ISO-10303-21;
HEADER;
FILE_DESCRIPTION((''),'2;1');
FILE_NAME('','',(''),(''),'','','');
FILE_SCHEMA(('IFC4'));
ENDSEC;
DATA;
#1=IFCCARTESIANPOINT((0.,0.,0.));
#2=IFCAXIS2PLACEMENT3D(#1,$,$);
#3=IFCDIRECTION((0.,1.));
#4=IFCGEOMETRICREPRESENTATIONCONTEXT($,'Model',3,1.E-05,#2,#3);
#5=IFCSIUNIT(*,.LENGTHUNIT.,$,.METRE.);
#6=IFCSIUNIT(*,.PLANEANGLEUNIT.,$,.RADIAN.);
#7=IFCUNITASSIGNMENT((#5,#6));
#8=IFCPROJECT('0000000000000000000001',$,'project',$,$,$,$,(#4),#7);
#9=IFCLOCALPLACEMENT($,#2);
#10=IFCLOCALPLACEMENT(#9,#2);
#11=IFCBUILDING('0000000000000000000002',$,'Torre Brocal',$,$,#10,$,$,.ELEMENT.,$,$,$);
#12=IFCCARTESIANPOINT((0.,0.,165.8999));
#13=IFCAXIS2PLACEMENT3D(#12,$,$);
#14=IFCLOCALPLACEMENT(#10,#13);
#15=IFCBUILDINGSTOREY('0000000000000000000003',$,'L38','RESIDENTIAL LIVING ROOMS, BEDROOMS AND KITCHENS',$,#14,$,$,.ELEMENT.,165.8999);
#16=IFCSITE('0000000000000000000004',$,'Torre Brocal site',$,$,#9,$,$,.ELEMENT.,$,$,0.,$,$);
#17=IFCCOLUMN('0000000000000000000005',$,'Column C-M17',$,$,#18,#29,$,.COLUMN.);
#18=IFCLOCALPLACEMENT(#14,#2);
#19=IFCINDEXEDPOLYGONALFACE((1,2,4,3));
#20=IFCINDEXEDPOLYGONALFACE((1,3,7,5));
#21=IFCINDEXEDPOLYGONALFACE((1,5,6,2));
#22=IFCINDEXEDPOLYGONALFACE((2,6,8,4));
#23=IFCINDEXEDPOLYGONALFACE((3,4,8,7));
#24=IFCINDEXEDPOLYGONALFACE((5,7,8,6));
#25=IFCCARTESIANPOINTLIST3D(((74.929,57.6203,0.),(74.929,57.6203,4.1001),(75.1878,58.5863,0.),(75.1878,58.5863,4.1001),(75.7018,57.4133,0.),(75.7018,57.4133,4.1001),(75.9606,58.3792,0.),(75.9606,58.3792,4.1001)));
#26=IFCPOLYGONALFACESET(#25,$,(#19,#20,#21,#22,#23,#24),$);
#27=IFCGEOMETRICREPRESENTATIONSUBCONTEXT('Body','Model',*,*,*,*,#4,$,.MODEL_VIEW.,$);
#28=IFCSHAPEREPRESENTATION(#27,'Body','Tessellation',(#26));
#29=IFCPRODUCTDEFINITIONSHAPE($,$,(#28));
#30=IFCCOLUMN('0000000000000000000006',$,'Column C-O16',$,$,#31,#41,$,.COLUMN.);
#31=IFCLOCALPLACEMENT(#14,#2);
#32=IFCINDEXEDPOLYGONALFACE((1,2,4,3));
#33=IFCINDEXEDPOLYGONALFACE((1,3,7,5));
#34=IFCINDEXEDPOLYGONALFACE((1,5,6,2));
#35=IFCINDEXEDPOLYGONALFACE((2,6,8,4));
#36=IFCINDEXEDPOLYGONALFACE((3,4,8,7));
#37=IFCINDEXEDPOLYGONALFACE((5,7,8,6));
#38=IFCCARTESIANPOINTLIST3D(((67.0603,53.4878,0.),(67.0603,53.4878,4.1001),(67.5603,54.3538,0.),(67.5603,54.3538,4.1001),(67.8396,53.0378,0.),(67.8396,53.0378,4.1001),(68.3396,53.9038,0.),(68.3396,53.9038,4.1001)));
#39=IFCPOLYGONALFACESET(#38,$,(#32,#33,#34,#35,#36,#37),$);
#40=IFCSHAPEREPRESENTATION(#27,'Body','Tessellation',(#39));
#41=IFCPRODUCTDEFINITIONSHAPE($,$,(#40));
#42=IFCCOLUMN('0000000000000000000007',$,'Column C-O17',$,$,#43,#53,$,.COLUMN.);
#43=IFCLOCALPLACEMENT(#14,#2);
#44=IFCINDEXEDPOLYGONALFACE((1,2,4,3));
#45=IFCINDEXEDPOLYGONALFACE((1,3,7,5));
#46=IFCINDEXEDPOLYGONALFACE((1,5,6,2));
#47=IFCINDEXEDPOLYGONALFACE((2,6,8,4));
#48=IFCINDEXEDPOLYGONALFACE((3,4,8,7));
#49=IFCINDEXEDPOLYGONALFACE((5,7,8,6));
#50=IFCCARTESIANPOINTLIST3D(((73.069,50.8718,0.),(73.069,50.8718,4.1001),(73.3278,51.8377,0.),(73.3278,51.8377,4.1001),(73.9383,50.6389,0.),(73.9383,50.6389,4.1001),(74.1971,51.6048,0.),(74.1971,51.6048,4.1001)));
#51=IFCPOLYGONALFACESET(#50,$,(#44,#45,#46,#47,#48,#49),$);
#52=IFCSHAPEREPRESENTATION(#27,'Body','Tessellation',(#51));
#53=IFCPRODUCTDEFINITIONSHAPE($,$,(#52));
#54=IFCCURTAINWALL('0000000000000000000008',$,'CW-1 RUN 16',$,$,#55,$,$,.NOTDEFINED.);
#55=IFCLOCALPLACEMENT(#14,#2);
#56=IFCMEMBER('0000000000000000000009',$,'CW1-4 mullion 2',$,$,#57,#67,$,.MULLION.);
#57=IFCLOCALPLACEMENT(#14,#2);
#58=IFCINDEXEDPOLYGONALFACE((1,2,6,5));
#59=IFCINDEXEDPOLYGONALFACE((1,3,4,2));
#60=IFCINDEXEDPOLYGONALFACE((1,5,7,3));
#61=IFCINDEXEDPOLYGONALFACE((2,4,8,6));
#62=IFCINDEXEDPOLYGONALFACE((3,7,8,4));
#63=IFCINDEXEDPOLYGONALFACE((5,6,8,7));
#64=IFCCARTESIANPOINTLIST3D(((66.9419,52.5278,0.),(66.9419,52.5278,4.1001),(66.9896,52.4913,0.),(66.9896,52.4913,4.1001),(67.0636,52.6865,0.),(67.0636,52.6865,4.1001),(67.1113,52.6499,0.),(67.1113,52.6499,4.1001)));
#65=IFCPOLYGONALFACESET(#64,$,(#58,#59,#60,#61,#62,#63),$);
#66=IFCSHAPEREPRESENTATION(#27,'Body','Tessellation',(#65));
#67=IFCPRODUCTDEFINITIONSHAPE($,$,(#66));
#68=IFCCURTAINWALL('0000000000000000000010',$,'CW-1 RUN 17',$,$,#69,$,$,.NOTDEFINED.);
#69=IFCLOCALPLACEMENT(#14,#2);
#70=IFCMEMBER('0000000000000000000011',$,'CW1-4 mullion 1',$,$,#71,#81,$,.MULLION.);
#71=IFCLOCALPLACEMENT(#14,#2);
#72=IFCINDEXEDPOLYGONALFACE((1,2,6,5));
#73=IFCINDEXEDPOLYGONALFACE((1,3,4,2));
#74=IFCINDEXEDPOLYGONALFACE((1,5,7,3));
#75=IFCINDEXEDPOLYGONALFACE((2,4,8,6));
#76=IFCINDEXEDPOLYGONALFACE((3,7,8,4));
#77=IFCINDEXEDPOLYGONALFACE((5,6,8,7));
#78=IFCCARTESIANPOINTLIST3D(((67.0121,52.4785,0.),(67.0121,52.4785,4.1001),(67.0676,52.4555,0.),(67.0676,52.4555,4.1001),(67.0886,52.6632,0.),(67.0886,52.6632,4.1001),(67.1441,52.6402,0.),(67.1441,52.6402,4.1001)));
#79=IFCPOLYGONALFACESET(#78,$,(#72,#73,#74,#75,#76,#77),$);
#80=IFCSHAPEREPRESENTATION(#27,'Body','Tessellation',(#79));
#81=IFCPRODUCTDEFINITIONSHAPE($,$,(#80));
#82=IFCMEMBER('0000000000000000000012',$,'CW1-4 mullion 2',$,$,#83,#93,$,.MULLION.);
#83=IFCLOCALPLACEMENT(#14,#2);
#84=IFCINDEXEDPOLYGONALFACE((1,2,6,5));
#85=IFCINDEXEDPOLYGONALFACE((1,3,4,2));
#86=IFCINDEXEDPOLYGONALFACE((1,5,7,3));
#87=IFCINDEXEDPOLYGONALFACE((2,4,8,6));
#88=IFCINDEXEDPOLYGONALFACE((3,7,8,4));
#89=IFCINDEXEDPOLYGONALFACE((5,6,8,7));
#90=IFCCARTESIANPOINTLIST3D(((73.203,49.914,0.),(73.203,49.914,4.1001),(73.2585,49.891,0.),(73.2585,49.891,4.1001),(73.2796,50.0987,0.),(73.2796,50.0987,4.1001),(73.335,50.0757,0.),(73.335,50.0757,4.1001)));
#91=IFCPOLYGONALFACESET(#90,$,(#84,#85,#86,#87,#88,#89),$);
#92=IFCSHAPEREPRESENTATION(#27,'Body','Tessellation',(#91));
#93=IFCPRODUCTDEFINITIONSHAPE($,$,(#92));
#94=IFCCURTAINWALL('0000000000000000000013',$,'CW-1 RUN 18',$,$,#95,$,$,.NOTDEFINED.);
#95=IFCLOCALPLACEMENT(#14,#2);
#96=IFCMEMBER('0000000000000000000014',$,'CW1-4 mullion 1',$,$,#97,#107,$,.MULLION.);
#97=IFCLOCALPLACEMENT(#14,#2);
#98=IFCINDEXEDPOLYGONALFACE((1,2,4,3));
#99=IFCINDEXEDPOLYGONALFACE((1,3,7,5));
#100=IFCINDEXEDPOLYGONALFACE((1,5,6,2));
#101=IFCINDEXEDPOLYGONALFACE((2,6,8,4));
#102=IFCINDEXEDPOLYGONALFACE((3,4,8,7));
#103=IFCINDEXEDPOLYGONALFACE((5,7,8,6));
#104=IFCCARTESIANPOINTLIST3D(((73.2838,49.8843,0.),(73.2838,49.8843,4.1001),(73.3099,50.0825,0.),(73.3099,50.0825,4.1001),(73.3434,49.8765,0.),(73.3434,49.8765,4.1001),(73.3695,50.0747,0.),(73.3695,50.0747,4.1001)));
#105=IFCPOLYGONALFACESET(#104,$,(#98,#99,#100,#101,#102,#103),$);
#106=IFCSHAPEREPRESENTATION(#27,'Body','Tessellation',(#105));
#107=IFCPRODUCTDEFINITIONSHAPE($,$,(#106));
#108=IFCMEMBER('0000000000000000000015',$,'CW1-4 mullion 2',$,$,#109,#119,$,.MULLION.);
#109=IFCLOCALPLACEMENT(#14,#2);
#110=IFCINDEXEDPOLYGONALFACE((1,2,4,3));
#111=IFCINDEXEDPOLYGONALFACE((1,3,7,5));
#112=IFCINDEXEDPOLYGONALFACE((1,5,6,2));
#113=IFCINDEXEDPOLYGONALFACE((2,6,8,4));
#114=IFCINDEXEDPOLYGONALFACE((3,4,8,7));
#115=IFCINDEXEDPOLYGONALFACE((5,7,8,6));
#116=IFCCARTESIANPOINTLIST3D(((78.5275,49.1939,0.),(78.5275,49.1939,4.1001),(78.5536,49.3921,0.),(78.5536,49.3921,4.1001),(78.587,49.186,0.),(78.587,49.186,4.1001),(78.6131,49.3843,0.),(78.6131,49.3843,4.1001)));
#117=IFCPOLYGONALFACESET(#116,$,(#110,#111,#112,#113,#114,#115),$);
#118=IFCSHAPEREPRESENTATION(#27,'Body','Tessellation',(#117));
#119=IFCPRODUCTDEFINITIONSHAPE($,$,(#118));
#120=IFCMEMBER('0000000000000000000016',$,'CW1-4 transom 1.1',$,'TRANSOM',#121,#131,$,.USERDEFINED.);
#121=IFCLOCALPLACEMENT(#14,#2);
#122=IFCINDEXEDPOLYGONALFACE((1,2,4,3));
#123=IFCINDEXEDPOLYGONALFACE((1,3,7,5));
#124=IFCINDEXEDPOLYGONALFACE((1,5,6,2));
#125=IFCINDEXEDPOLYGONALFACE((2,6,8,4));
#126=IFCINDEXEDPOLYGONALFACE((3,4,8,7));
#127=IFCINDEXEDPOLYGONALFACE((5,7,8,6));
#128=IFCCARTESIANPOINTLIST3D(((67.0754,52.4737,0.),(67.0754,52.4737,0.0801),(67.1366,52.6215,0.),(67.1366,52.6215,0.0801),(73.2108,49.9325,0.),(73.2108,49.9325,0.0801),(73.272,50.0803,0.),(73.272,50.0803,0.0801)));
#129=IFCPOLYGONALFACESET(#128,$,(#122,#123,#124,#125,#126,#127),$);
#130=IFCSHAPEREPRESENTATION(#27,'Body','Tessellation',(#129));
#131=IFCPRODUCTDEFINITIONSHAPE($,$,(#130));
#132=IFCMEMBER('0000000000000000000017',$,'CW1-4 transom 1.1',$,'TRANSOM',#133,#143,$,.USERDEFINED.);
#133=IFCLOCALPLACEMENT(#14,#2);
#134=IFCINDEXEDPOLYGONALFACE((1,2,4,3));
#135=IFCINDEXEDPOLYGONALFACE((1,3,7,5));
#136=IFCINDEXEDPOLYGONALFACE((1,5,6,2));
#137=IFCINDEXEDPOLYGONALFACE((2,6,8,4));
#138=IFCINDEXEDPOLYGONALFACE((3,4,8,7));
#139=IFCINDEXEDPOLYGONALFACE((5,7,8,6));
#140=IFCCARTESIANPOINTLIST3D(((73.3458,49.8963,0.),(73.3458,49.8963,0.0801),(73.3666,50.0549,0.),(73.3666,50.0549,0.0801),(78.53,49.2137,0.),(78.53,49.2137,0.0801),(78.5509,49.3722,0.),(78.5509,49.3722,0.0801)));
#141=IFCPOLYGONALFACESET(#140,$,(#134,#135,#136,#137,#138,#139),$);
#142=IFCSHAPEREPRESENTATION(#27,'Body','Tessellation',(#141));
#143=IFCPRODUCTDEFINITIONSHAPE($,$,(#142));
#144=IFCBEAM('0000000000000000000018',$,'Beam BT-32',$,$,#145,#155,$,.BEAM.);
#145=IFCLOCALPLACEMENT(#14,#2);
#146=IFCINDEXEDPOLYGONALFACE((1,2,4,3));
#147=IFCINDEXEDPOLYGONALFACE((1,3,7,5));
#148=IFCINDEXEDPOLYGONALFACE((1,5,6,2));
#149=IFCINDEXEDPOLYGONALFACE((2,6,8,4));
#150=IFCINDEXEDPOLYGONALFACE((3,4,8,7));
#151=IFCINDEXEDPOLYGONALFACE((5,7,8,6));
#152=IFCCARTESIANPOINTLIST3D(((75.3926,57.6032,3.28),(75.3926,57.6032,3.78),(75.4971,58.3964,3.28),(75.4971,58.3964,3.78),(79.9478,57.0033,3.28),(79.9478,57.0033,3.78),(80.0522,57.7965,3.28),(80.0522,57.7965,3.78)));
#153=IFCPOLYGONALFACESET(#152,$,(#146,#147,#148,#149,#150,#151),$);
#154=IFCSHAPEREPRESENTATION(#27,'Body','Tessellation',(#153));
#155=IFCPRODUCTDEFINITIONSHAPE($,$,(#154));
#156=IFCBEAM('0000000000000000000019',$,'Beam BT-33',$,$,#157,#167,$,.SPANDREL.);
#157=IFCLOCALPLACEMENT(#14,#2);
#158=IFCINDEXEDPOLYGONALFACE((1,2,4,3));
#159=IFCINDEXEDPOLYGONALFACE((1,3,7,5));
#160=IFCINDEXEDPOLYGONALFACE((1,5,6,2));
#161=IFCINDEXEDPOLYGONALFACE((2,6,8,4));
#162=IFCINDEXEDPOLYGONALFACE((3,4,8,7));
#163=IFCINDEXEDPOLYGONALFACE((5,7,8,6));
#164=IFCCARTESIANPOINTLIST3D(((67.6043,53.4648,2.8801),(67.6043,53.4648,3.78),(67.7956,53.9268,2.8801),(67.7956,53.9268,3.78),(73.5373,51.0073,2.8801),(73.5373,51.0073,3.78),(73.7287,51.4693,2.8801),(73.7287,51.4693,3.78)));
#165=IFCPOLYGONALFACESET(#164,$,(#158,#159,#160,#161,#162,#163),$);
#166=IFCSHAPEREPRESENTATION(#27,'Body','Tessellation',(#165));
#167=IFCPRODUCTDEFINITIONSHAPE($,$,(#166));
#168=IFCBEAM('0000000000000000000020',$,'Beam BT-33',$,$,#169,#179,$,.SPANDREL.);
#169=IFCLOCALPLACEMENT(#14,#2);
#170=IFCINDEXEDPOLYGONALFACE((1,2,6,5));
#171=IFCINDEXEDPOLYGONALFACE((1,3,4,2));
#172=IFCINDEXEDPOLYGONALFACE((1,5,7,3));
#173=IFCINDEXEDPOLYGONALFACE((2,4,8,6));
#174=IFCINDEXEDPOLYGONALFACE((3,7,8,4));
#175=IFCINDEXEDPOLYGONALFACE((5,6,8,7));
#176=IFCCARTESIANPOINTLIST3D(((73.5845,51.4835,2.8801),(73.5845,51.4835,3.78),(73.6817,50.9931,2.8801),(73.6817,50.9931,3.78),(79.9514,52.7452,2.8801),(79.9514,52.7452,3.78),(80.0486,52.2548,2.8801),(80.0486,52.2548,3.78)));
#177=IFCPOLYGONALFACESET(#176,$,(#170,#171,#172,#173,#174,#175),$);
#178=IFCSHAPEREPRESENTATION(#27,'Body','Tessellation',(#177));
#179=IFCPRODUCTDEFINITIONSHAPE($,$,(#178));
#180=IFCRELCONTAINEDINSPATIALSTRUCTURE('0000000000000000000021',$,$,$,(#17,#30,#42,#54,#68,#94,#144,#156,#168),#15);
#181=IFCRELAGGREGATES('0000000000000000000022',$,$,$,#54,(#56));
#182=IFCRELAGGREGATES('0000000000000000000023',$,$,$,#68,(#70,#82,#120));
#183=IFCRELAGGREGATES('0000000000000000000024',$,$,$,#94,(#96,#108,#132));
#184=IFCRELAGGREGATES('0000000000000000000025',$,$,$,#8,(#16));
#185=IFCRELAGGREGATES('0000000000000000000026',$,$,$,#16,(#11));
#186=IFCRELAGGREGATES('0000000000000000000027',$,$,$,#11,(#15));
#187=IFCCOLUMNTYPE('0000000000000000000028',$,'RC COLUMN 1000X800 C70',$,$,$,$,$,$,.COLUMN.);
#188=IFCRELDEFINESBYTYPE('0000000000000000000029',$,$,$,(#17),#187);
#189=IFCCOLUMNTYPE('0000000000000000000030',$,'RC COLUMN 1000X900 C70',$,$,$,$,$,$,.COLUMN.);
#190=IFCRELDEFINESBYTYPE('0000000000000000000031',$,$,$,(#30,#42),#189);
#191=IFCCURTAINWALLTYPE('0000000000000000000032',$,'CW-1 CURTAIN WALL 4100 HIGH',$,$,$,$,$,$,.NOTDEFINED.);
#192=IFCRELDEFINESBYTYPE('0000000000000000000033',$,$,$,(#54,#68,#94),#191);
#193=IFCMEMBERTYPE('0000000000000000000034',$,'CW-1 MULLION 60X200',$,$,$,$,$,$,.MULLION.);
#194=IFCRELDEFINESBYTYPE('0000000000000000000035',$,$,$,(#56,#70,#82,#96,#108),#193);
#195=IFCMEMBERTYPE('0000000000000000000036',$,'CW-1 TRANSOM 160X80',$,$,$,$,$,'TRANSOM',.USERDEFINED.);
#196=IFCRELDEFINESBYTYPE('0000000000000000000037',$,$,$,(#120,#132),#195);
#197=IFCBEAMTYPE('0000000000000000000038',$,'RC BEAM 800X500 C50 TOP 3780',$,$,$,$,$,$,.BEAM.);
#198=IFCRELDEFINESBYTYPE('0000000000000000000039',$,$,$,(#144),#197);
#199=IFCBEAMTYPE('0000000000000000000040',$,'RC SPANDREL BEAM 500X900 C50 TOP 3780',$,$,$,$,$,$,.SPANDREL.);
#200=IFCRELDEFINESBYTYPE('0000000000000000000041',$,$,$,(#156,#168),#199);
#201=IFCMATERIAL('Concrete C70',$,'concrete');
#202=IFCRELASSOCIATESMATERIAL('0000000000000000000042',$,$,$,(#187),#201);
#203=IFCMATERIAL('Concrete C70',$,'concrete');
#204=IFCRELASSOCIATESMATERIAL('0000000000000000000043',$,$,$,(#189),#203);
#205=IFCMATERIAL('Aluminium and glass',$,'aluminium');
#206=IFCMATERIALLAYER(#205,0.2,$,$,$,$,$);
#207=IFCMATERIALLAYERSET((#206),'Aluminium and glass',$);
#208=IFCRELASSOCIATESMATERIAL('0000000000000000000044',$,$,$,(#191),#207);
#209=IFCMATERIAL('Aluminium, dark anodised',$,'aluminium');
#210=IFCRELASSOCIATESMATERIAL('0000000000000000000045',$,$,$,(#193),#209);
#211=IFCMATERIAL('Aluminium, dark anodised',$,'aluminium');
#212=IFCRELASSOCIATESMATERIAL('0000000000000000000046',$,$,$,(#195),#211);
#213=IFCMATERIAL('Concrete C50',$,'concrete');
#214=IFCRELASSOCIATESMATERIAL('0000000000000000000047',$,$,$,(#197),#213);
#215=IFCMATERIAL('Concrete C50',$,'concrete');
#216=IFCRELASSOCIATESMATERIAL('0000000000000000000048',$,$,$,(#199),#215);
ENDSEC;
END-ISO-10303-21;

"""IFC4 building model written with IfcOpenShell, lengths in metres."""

from ifc_helpers import new_model, si_unit, direction, frame, origin, origin_2d, place, context, subcontext, project, spatial, rectangle, extrude, material, layer, layer_set, material_profile, profile_set, type_object, element, aggregate, save


model = new_model("IFC4")

# Units and contexts
model_context = context("Model", 3, precision=1e-05, world=origin(), true_north=direction((0.0, 1.0)))
body_context = subcontext(model_context, "Body", "Model", "MODEL_VIEW")
ifc_project = project(units=[si_unit("LENGTHUNIT", "METRE"), si_unit("PLANEANGLEUNIT", "RADIAN")], contexts=[model_context])

# Site, building, storey
site_placement = place(None, origin())
site = spatial("IfcSite", under=ifc_project, at=site_placement, Name="Torre Brocal site", CompositionType="ELEMENT", RefElevation=0.0)
building_placement = place(site_placement, origin())
building = spatial("IfcBuilding", under=site, at=building_placement, Name="Torre Brocal", CompositionType="ELEMENT")
storey_placement = place(building_placement, frame((0.0, 0.0, 165.8999)))
storey = spatial("IfcBuildingStorey", under=building, at=storey_placement, Name="L38", Description="RESIDENTIAL LIVING ROOMS, BEDROOMS AND KITCHENS", CompositionType="ELEMENT", Elevation=165.8999)

# Columns
ifc_material_1 = material(Name="Concrete C70", Category="concrete")
ifc_material_profile_1 = material_profile(ifc_material_1, rectangle(XDim=1.0, YDim=0.8, at=origin_2d()), Name="RC 1000X800")
ifc_profile_set_1 = profile_set([ifc_material_profile_1], Name="Concrete C70")
column_type_1 = type_object("IfcColumnType", Name="RC COLUMN 1000X800 C70", PredefinedType="COLUMN", material=ifc_profile_set_1)
column_placement = place(storey_placement, frame((75.4448, 57.9998, 0.0), z_axis=(0.0, 0.0, 1.0), x_axis=(-0.258819, -0.965926, 0.0)))
element("IfcColumn", 1, at=column_placement, inside=storey, type_object=column_type_1, Name="Column C-M17", PredefinedType="COLUMN", context=body_context, shape_type="SweptSolid", body=[
    extrude(rectangle(XDim=1.0, YDim=0.8, at=origin_2d()), origin(), (0.0, 0.0, 1.0), 4.1001),
])
ifc_material_2 = material(Name="Concrete C70", Category="concrete")
ifc_material_profile_2 = material_profile(ifc_material_2, rectangle(XDim=1.0, YDim=0.8999, at=origin_2d()), Name="RC 1000X900")
ifc_profile_set_2 = profile_set([ifc_material_profile_2], Name="Concrete C70")
column_type_2 = type_object("IfcColumnType", Name="RC COLUMN 1000X900 C70", PredefinedType="COLUMN", material=ifc_profile_set_2)
for number, where, z_axis, x_axis, name in (
    (2, (67.7, 53.6958, 0.0), (0.0, 0.0, 1.0), (-0.5, -0.866025, 0.0), "Column C-O16"),
    (3, (73.6331, 51.2383, 0.0), (0.0, 0.0, 1.0), (-0.258819, -0.965926, 0.0), "Column C-O17"),
):
    element("IfcColumn", number, at=place(storey_placement, frame(where, z_axis=z_axis, x_axis=x_axis)), inside=storey, type_object=column_type_2, Name=name, PredefinedType="COLUMN", context=body_context, shape_type="SweptSolid", body=[
        extrude(rectangle(XDim=1.0, YDim=0.8999, at=origin_2d()), origin(), (0.0, 0.0, 1.0), 4.1001),
    ])

# Curtain wall, member
ifc_material_3 = material(Name="Aluminium and glass", Category="aluminium")
ifc_layer_1 = layer(ifc_material_3, 0.2)
ifc_layer_set_1 = layer_set([ifc_layer_1], Name="Aluminium and glass")
curtain_wall_type = type_object("IfcCurtainWallType", Name="CW-1 CURTAIN WALL 4100 HIGH", PredefinedType="NOTDEFINED", material=ifc_layer_set_1)
curtain_wall_1_placement = place(storey_placement, origin())
curtain_wall_1 = element("IfcCurtainWall", 4, at=curtain_wall_1_placement, inside=storey, type_object=curtain_wall_type, Name="CW-1 RUN 16", PredefinedType="NOTDEFINED")
ifc_material_4 = material(Name="Aluminium, dark anodised", Category="aluminium")
ifc_material_profile_3 = material_profile(ifc_material_4, rectangle(XDim=0.2, YDim=0.0601, at=origin_2d()), Name="CW-1 MULLION 60X200")
ifc_profile_set_3 = profile_set([ifc_material_profile_3], Name="Aluminium, dark anodised")
member_type_1 = type_object("IfcMemberType", Name="CW-1 MULLION 60X200", PredefinedType="MULLION", material=ifc_profile_set_3)
member_1_placement = place(storey_placement, frame((67.0266, 52.5889, 0.0), z_axis=(0.0, 0.0, 1.0), x_axis=(0.608761, 0.793353, 0.0)))
member_1 = element("IfcMember", 5, at=member_1_placement, type_object=member_type_1, Name="CW1-4 mullion 2", PredefinedType="MULLION", context=body_context, shape_type="SweptSolid", body=[
    extrude(rectangle(XDim=0.2, YDim=0.0601, at=origin_2d()), origin(), (0.0, 0.0, 1.0), 4.1001),
])
aggregate(curtain_wall_1, [member_1])

# Curtain walls, members
curtain_wall_2_placement = place(storey_placement, origin())
curtain_wall_2 = element("IfcCurtainWall", 6, at=curtain_wall_2_placement, inside=storey, type_object=curtain_wall_type, Name="CW-1 RUN 17", PredefinedType="NOTDEFINED")
member_2_placement = place(storey_placement, frame((67.0781, 52.5593, 0.0), z_axis=(0.0, 0.0, 1.0), x_axis=(0.382683, 0.92388, 0.0)))
member_2 = element("IfcMember", 7, at=member_2_placement, type_object=member_type_1, Name="CW1-4 mullion 1", PredefinedType="MULLION", context=body_context, shape_type="SweptSolid", body=[
    extrude(rectangle(XDim=0.2, YDim=0.0601, at=origin_2d()), origin(), (0.0, 0.0, 1.0), 4.1001),
])
member_3_placement = place(storey_placement, frame((73.269, 49.9949, 0.0), z_axis=(0.0, 0.0, 1.0), x_axis=(0.382683, 0.92388, 0.0)))
member_3 = element("IfcMember", 8, at=member_3_placement, type_object=member_type_1, Name="CW1-4 mullion 2", PredefinedType="MULLION", context=body_context, shape_type="SweptSolid", body=[
    extrude(rectangle(XDim=0.2, YDim=0.0601, at=origin_2d()), origin(), (0.0, 0.0, 1.0), 4.1001),
])
curtain_wall_3_placement = place(storey_placement, origin())
curtain_wall_3 = element("IfcCurtainWall", 9, at=curtain_wall_3_placement, inside=storey, type_object=curtain_wall_type, Name="CW-1 RUN 18", PredefinedType="NOTDEFINED")
member_4_placement = place(storey_placement, frame((73.3267, 49.9795, 0.0), z_axis=(0.0, 0.0, 1.0), x_axis=(0.130526, 0.991445, 0.0)))
member_4 = element("IfcMember", 10, at=member_4_placement, type_object=member_type_1, Name="CW1-4 mullion 1", PredefinedType="MULLION", context=body_context, shape_type="SweptSolid", body=[
    extrude(rectangle(XDim=0.2, YDim=0.0601, at=origin_2d()), origin(), (0.0, 0.0, 1.0), 4.1001),
])
member_5_placement = place(storey_placement, frame((78.5703, 49.2891, 0.0), z_axis=(0.0, 0.0, 1.0), x_axis=(0.130526, 0.991445, 0.0)))
member_5 = element("IfcMember", 11, at=member_5_placement, type_object=member_type_1, Name="CW1-4 mullion 2", PredefinedType="MULLION", context=body_context, shape_type="SweptSolid", body=[
    extrude(rectangle(XDim=0.2, YDim=0.0601, at=origin_2d()), origin(), (0.0, 0.0, 1.0), 4.1001),
])

# Members
ifc_material_5 = material(Name="Aluminium, dark anodised", Category="aluminium")
ifc_material_profile_4 = material_profile(ifc_material_5, rectangle(XDim=0.1599, YDim=0.0801, at=origin_2d()), Name="CW-1 TRANSOM 160X80")
ifc_profile_set_4 = profile_set([ifc_material_profile_4], Name="Aluminium, dark anodised")
member_type_2 = type_object("IfcMemberType", Name="CW-1 TRANSOM 160X80", ElementType="TRANSOM", PredefinedType="USERDEFINED", material=ifc_profile_set_4)
member_6_placement = place(storey_placement, frame((67.106, 52.5476, 0.04), z_axis=(0.923887, -0.382665, 0.0), x_axis=(0.382665, 0.923887, 0.0)))
member_6 = element("IfcMember", 12, at=member_6_placement, type_object=member_type_2, Name="CW1-4 transom 1.1", ObjectType="TRANSOM", PredefinedType="USERDEFINED", context=body_context, shape_type="SweptSolid", body=[
    extrude(rectangle(XDim=0.1599, YDim=0.0801, at=origin_2d()), origin(), (0.0, 0.0, 1.0), 6.6409),
])
member_7_placement = place(storey_placement, frame((73.3562, 49.9756, 0.04), z_axis=(0.991443, -0.130543, 0.0), x_axis=(0.130543, 0.991443, 0.0)))
member_7 = element("IfcMember", 13, at=member_7_placement, type_object=member_type_2, Name="CW1-4 transom 1.1", ObjectType="TRANSOM", PredefinedType="USERDEFINED", context=body_context, shape_type="SweptSolid", body=[
    extrude(rectangle(XDim=0.1599, YDim=0.0801, at=origin_2d()), origin(), (0.0, 0.0, 1.0), 5.229),
])

# Beams
ifc_material_6 = material(Name="Concrete C50", Category="concrete")
ifc_material_profile_5 = material_profile(ifc_material_6, rectangle(XDim=0.8, YDim=0.5, at=origin_2d()), Name="RC 800X500")
ifc_profile_set_5 = profile_set([ifc_material_profile_5], Name="Concrete C50")
beam_type_1 = type_object("IfcBeamType", Name="RC BEAM 800X500 C50 TOP 3780", PredefinedType="BEAM", material=ifc_profile_set_5)
beam_1_placement = place(storey_placement, frame((75.4448, 57.9998, 3.53), z_axis=(0.991441, -0.130559, 0.0), x_axis=(0.130559, 0.991441, 0.0)))
element("IfcBeam", 14, at=beam_1_placement, inside=storey, type_object=beam_type_1, Name="Beam BT-32", PredefinedType="BEAM", context=body_context, shape_type="SweptSolid", body=[
    extrude(rectangle(XDim=0.8, YDim=0.5, at=origin_2d()), origin(), (0.0, 0.0, 1.0), 4.5945),
])
ifc_material_7 = material(Name="Concrete C50", Category="concrete")
ifc_material_profile_6 = material_profile(ifc_material_7, rectangle(XDim=0.5, YDim=0.8999, at=origin_2d()), Name="RC 500X900")
ifc_profile_set_6 = profile_set([ifc_material_profile_6], Name="Concrete C50")
beam_type_2 = type_object("IfcBeamType", Name="RC SPANDREL BEAM 500X900 C50 TOP 3780", PredefinedType="SPANDREL", material=ifc_profile_set_6)
beam_2_placement = place(storey_placement, frame((67.7, 53.6958, 3.3301), z_axis=(0.923882, -0.382676, 0.0), x_axis=(0.382676, 0.923882, 0.0)))
element("IfcBeam", 15, at=beam_2_placement, inside=storey, type_object=beam_type_2, Name="Beam BT-33", PredefinedType="SPANDREL", context=body_context, shape_type="SweptSolid", body=[
    extrude(rectangle(XDim=0.5, YDim=0.8999, at=origin_2d()), origin(), (0.0, 0.0, 1.0), 6.4219),
])
beam_3_placement = place(storey_placement, frame((73.6331, 51.2383, 3.3301), z_axis=(0.980925, 0.194387, 0.0), x_axis=(-0.194387, 0.980925, 0.0)))
element("IfcBeam", 16, at=beam_3_placement, inside=storey, type_object=beam_type_2, Name="Beam BT-33", PredefinedType="SPANDREL", context=body_context, shape_type="SweptSolid", body=[
    extrude(rectangle(XDim=0.5, YDim=0.8999, at=origin_2d()), origin(), (0.0, 0.0, 1.0), 6.4907),
])

aggregate(curtain_wall_2, [member_2, member_3, member_6])
aggregate(curtain_wall_3, [member_4, member_5, member_7])

save(model, "model.ifc")
